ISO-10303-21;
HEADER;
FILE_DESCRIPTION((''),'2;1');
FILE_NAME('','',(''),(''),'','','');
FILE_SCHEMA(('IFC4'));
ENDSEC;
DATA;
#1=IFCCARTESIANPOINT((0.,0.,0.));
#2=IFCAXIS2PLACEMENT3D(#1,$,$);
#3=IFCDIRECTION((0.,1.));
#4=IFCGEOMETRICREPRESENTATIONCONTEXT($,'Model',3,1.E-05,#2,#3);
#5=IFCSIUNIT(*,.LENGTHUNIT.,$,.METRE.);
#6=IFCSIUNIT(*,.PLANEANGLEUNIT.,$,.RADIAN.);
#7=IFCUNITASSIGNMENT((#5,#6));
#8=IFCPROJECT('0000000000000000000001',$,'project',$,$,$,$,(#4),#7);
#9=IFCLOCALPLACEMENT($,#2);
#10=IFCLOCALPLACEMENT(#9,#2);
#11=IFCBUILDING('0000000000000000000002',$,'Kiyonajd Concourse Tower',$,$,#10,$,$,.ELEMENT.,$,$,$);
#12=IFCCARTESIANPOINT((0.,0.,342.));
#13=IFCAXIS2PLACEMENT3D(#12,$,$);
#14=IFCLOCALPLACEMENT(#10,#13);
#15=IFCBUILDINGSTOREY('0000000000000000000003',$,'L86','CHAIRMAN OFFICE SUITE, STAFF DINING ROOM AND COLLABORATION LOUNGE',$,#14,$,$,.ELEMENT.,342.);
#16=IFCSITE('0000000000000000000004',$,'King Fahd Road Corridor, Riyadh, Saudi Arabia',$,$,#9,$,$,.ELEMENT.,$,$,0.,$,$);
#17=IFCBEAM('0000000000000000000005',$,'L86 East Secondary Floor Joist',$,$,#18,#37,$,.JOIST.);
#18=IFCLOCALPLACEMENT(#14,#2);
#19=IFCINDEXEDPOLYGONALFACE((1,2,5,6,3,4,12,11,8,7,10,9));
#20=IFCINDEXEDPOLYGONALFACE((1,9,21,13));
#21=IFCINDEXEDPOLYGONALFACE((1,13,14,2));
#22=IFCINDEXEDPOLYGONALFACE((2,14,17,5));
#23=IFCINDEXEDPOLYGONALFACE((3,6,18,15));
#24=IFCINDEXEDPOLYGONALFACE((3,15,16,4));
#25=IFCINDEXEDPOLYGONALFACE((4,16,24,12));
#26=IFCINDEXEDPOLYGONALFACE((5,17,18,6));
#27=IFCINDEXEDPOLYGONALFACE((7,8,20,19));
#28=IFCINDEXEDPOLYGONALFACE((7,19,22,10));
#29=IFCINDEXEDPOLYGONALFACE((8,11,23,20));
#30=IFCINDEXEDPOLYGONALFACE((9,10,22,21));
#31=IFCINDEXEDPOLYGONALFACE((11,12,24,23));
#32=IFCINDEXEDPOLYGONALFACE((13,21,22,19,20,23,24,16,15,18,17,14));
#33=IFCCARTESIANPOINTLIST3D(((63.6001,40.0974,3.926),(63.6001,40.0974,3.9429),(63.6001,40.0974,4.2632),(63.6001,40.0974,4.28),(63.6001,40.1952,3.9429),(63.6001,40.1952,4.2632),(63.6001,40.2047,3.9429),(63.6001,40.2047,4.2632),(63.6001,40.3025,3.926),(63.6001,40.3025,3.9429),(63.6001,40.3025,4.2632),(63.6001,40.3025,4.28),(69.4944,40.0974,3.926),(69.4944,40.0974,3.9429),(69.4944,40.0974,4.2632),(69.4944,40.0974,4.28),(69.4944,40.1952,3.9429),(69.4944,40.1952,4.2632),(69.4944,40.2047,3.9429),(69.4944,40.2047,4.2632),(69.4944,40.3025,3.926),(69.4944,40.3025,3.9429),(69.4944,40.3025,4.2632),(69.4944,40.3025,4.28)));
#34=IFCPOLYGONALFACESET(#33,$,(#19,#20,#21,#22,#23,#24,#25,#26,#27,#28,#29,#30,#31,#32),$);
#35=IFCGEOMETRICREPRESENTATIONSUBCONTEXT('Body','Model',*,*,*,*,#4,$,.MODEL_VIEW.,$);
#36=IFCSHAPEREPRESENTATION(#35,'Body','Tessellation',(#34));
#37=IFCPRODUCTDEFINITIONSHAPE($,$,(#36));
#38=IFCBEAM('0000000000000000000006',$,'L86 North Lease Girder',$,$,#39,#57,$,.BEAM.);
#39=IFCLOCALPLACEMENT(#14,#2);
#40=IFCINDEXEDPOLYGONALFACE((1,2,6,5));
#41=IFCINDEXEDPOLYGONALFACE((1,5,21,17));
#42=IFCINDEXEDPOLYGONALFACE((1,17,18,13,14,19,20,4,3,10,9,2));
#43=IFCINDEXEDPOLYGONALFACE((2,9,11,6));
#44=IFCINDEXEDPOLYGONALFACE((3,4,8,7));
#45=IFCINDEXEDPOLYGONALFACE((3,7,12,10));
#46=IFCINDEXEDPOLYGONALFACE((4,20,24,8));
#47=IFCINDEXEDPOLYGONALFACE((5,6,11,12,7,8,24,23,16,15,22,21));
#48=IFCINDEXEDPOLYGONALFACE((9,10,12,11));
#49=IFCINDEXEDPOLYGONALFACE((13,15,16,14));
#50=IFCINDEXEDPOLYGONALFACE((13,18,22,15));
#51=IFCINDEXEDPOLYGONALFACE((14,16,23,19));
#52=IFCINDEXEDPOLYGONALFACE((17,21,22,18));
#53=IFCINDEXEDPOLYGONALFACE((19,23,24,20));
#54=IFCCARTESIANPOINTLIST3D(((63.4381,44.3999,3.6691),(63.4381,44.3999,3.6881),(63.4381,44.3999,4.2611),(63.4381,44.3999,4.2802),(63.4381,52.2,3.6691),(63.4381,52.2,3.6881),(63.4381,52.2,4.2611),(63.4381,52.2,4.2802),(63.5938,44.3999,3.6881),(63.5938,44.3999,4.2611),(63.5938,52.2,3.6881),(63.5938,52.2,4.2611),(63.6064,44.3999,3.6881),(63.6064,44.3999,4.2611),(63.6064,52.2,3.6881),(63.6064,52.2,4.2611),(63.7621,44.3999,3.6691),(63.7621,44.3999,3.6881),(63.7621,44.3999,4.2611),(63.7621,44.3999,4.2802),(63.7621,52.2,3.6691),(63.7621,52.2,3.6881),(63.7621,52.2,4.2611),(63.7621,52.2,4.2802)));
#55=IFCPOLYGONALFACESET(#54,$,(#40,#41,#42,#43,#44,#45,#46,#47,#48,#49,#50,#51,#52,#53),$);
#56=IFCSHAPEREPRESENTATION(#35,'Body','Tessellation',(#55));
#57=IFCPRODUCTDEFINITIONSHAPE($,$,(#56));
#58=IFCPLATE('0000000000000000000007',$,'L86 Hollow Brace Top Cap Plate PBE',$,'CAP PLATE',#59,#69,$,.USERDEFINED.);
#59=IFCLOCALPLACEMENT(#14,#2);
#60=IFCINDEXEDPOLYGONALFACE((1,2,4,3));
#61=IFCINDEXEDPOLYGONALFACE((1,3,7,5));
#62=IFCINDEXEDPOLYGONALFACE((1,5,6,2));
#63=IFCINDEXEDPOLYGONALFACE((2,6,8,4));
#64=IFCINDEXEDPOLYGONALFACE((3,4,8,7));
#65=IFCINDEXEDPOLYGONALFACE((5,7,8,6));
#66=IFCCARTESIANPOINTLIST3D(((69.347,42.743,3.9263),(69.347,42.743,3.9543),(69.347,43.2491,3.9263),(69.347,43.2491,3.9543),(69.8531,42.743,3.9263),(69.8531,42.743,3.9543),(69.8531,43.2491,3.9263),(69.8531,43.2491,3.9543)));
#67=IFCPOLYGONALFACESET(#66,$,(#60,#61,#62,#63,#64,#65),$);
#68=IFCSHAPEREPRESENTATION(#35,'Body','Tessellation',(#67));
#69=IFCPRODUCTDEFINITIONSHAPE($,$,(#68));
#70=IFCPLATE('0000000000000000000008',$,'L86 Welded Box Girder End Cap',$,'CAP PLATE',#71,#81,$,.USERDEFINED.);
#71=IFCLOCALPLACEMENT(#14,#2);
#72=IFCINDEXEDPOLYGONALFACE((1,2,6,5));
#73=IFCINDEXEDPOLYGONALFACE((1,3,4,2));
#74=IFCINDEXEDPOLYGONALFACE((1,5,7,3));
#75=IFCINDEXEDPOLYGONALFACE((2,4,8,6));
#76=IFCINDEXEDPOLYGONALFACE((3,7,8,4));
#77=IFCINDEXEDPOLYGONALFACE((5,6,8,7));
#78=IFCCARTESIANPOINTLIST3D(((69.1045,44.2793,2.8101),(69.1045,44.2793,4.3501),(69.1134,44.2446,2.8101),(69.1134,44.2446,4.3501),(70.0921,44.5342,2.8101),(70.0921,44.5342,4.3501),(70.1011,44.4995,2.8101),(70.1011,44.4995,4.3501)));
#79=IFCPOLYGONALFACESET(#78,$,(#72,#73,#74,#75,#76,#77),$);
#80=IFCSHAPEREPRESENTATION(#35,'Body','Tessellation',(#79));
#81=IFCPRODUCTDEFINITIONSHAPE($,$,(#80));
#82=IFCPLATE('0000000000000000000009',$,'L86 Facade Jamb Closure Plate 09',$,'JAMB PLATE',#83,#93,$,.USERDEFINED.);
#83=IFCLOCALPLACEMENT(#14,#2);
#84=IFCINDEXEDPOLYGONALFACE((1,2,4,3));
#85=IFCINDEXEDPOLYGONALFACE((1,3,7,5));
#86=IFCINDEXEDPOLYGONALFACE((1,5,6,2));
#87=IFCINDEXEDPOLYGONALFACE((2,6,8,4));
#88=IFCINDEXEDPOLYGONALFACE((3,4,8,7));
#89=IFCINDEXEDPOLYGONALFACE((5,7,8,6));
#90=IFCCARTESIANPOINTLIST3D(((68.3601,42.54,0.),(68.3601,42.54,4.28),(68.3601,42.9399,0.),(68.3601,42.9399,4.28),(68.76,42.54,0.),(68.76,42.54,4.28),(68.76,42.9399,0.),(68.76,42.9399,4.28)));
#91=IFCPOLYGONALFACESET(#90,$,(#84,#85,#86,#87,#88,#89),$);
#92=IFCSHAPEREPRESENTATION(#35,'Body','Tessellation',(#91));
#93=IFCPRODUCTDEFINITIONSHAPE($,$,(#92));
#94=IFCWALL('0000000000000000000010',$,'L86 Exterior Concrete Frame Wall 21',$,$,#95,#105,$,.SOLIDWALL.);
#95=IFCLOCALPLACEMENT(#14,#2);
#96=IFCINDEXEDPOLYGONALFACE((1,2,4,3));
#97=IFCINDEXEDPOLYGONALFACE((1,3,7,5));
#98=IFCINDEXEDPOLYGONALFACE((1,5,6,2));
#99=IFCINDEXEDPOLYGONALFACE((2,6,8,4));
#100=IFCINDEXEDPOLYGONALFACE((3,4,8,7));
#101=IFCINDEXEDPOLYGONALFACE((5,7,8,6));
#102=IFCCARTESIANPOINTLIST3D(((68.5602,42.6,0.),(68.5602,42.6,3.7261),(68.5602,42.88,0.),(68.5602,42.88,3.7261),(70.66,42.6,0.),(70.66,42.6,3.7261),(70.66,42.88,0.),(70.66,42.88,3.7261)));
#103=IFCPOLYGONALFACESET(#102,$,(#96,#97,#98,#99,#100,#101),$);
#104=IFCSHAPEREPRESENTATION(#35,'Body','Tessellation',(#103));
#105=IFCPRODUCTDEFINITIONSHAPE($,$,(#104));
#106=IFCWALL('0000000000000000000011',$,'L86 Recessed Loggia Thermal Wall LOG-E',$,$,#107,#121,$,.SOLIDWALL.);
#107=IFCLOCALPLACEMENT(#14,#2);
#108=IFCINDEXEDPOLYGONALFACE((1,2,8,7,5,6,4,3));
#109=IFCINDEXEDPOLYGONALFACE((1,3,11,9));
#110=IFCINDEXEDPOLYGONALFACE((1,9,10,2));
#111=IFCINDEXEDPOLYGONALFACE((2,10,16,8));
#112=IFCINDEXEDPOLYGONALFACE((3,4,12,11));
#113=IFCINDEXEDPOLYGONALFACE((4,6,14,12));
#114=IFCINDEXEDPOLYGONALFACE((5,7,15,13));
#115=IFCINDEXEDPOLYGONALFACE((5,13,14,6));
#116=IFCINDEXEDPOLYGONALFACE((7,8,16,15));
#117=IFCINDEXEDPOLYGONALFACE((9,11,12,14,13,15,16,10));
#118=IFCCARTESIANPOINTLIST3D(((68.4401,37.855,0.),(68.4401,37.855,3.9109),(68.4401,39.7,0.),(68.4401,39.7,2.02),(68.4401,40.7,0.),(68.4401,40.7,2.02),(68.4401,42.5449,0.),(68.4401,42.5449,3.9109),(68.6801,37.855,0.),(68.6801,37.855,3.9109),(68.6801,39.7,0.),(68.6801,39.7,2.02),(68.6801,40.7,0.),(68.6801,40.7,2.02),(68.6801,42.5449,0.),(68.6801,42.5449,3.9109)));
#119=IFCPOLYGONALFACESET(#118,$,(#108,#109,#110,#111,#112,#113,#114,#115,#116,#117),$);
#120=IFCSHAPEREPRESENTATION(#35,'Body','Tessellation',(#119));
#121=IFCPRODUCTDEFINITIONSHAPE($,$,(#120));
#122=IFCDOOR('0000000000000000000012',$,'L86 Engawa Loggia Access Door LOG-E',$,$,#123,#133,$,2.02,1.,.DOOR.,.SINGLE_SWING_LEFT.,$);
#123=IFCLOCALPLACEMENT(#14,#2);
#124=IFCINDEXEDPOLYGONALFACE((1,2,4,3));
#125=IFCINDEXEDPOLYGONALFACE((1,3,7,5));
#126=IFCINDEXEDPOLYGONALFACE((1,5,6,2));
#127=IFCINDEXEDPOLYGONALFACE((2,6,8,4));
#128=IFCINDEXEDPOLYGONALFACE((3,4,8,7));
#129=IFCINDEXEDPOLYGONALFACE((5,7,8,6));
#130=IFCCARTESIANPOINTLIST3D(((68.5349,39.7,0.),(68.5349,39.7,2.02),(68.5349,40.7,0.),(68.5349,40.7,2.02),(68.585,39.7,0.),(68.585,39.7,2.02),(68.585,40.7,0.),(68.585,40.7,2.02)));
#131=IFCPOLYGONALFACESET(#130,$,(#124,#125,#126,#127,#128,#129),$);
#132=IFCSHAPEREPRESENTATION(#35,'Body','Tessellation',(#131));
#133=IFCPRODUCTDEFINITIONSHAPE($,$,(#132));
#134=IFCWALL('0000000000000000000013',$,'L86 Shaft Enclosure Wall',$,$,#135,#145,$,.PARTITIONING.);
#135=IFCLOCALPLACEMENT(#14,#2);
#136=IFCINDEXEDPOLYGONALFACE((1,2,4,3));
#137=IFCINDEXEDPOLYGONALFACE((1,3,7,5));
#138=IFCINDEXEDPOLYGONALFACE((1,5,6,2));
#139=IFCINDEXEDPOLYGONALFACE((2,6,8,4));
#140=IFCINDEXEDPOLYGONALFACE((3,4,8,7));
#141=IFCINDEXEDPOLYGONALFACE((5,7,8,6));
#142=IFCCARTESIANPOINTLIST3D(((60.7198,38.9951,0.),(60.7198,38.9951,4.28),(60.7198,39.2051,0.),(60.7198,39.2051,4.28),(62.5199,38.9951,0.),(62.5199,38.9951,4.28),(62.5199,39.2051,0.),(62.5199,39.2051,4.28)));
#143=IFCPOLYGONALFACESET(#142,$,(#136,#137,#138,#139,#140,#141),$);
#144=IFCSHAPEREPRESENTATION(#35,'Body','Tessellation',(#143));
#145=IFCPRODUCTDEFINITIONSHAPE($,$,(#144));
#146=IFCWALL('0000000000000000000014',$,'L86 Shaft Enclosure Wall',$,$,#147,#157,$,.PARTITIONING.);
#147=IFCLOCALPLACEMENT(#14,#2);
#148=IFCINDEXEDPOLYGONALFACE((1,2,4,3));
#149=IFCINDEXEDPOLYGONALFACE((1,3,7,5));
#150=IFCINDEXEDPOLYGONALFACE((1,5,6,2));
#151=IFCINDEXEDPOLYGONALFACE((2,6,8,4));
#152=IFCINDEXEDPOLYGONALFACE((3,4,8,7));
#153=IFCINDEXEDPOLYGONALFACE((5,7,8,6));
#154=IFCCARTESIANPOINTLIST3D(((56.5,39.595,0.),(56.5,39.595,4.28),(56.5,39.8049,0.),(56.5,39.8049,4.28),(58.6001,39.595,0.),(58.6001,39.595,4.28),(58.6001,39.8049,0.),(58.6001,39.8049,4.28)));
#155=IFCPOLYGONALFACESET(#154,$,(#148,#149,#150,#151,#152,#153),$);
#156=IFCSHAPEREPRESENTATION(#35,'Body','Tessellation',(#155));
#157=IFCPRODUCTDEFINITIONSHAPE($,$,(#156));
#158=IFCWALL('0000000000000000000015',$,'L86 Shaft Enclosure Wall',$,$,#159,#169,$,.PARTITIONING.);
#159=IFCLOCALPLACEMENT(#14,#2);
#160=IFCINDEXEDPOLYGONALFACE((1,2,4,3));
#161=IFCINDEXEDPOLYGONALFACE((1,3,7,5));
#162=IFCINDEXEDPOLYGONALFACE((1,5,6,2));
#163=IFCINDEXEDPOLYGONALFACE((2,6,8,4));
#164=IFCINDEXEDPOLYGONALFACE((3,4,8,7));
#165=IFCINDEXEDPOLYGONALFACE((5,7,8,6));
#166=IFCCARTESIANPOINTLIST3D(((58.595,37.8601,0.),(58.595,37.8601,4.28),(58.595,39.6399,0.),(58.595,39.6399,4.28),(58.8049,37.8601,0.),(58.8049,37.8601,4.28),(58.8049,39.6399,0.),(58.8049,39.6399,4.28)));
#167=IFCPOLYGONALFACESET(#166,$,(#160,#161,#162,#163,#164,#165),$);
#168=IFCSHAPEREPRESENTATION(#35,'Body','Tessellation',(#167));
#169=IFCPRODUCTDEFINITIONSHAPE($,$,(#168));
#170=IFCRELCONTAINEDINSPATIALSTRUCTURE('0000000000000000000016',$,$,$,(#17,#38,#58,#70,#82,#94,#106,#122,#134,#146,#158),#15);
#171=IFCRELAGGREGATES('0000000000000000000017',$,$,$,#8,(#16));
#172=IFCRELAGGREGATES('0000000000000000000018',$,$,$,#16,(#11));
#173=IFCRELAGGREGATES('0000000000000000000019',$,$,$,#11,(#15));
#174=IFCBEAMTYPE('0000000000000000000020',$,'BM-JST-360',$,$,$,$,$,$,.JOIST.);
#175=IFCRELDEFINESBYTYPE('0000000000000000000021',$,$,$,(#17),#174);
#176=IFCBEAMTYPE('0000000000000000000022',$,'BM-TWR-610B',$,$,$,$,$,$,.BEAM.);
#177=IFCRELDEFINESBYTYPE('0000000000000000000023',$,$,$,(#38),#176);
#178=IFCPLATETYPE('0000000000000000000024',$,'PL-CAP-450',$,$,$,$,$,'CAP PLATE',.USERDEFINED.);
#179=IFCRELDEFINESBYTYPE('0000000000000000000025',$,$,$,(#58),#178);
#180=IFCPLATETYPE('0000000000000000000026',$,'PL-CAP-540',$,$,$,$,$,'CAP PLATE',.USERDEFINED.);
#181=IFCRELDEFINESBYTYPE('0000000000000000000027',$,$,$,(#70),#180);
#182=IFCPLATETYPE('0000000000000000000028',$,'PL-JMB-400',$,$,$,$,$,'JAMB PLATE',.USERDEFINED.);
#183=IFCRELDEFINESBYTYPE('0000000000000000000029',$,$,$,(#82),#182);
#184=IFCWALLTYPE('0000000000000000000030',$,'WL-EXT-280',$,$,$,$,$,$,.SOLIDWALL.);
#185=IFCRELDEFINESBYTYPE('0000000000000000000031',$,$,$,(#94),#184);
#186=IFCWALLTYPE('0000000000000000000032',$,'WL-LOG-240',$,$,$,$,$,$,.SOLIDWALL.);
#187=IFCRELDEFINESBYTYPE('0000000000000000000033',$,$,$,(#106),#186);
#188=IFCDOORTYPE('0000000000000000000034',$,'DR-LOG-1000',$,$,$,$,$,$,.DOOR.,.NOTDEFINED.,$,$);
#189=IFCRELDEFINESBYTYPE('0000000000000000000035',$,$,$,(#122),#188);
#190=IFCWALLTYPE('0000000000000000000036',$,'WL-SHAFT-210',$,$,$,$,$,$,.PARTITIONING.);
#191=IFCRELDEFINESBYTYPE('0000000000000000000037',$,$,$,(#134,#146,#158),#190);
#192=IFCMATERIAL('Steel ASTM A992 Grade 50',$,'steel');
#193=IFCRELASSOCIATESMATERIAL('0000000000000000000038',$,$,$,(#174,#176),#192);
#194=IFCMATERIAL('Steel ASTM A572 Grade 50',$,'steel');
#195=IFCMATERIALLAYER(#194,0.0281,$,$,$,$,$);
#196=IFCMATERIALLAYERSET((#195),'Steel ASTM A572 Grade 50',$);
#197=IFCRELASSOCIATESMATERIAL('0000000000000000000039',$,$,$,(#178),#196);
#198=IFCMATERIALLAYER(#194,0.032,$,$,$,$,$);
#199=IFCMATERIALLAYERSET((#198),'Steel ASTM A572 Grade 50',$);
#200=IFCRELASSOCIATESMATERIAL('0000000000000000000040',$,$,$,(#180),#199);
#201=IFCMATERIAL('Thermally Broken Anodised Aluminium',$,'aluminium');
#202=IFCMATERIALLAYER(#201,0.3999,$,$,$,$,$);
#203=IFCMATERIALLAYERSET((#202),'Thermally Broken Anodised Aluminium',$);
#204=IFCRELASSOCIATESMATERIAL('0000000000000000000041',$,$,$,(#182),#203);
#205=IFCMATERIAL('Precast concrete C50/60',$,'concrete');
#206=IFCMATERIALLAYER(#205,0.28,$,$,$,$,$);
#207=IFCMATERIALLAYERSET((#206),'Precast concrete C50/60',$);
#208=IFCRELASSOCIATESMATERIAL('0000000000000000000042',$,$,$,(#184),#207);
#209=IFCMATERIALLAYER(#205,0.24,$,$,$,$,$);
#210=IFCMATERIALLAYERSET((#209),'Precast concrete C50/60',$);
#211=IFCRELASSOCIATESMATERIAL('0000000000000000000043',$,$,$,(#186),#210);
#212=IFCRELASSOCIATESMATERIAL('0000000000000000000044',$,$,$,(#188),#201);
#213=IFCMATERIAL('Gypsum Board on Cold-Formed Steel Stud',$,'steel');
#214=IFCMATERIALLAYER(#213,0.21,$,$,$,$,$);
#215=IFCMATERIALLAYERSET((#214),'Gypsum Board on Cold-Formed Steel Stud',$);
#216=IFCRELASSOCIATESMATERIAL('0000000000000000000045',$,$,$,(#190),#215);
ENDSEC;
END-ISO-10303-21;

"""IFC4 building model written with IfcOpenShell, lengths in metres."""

from ifc_helpers import new_model, si_unit, direction, frame, frame_2d, origin, origin_2d, place, context, subcontext, project, spatial, rectangle, i_section, extrude, material, layer, layer_set, material_profile, profile_set, type_object, element, fill, save


model = new_model("IFC4")

# Units and contexts
model_context = context("Model", 3, precision=1e-05, world=origin(), true_north=direction((0.0, 1.0)))
body_context = subcontext(model_context, "Body", "Model", "MODEL_VIEW")
ifc_project = project(units=[si_unit("LENGTHUNIT", "METRE"), si_unit("PLANEANGLEUNIT", "RADIAN")], contexts=[model_context])

# Site, building, storey
site_placement = place(None, origin())
site = spatial("IfcSite", under=ifc_project, at=site_placement, Name="King Fahd Road Corridor, Riyadh, Saudi Arabia", CompositionType="ELEMENT", RefElevation=0.0)
building_placement = place(site_placement, origin())
building = spatial("IfcBuilding", under=site, at=building_placement, Name="Kiyonajd Concourse Tower", CompositionType="ELEMENT")
storey_placement = place(building_placement, frame((0.0, 0.0, 342.0)))
storey = spatial("IfcBuildingStorey", under=building, at=storey_placement, Name="L86", Description="CHAIRMAN OFFICE SUITE, STAFF DINING ROOM AND COLLABORATION LOUNGE", CompositionType="ELEMENT", Elevation=342.0)

# Beams
ifc_material_1 = material(Name="Steel ASTM A992 Grade 50", Category="steel")
ifc_material_profile_1 = material_profile(ifc_material_1, i_section(OverallWidth=0.2051, OverallDepth=0.354, WebThickness=0.0095, FlangeThickness=0.0168, at=origin_2d()), Name="W360X79")
ifc_profile_set_1 = profile_set([ifc_material_profile_1], Name="Steel ASTM A992 Grade 50")
beam_type_1 = type_object("IfcBeamType", Name="BM-JST-360", PredefinedType="JOIST", material=ifc_profile_set_1)
beam_1_placement = place(storey_placement, frame((63.6001, 40.2, 4.103), z_axis=(1.0, 0.0, 0.0), x_axis=(0.0, 1.0, 0.0)))
element("IfcBeam", 1, at=beam_1_placement, inside=storey, type_object=beam_type_1, Name="L86 East Secondary Floor Joist", PredefinedType="JOIST", context=body_context, shape_type="SweptSolid", body=[
    extrude(i_section(OverallWidth=0.2051, OverallDepth=0.354, WebThickness=0.0095, FlangeThickness=0.0168, at=origin_2d()), origin(), (0.0, 0.0, 1.0), 5.8943),
])
ifc_material_profile_2 = material_profile(ifc_material_1, i_section(OverallWidth=0.324, OverallDepth=0.6111, WebThickness=0.0127, FlangeThickness=0.019, at=origin_2d()), Name="W610X155")
ifc_profile_set_2 = profile_set([ifc_material_profile_2], Name="Steel ASTM A992 Grade 50")
beam_type_2 = type_object("IfcBeamType", Name="BM-TWR-610B", PredefinedType="BEAM", material=ifc_profile_set_2)
beam_2_placement = place(storey_placement, frame((63.6001, 44.3999, 3.9746), z_axis=(0.0, 1.0, 0.0), x_axis=(-1.0, 0.0, 0.0)))
element("IfcBeam", 2, at=beam_2_placement, inside=storey, type_object=beam_type_2, Name="L86 North Lease Girder", PredefinedType="BEAM", context=body_context, shape_type="SweptSolid", body=[
    extrude(i_section(OverallWidth=0.324, OverallDepth=0.6111, WebThickness=0.0127, FlangeThickness=0.019, at=origin_2d()), origin(), (0.0, 0.0, 1.0), 7.8),
])

# Plates
ifc_material_2 = material(Name="Steel ASTM A572 Grade 50", Category="steel")
ifc_layer_1 = layer(ifc_material_2, 0.0281)
ifc_layer_set_1 = layer_set([ifc_layer_1], Name="Steel ASTM A572 Grade 50")
plate_type_1 = type_object("IfcPlateType", Name="PL-CAP-450", ElementType="CAP PLATE", PredefinedType="USERDEFINED", material=ifc_layer_set_1)
plate_1_placement = place(storey_placement, frame((69.6001, 42.9961, 3.9263), z_axis=(0.0, 0.0, 1.0), x_axis=(1.0, 0.0, 0.0)))
element("IfcPlate", 3, at=plate_1_placement, inside=storey, type_object=plate_type_1, Name="L86 Hollow Brace Top Cap Plate PBE", ObjectType="CAP PLATE", PredefinedType="USERDEFINED", context=body_context, shape_type="SweptSolid", body=[
    extrude(rectangle(XDim=0.5061, YDim=0.5061, at=origin_2d()), origin(), (0.0, 0.0, 1.0), 0.0281),
])
ifc_layer_2 = layer(ifc_material_2, 0.032)
ifc_layer_set_2 = layer_set([ifc_layer_2], Name="Steel ASTM A572 Grade 50")
plate_type_2 = type_object("IfcPlateType", Name="PL-CAP-540", ElementType="CAP PLATE", PredefinedType="USERDEFINED", material=ifc_layer_set_2)
plate_2_placement = place(storey_placement, frame((69.6028, 44.3894, 2.8101), z_axis=(0.0, 0.0, 1.0), x_axis=(0.249873, -0.968279, 0.0)))
element("IfcPlate", 4, at=plate_2_placement, inside=storey, type_object=plate_type_2, Name="L86 Welded Box Girder End Cap", ObjectType="CAP PLATE", PredefinedType="USERDEFINED", context=body_context, shape_type="SweptSolid", body=[
    extrude(rectangle(XDim=0.0359, YDim=1.02, at=origin_2d()), origin(), (0.0, 0.0, 1.0), 1.54),
])
ifc_material_3 = material(Name="Thermally Broken Anodised Aluminium", Category="aluminium")
ifc_layer_3 = layer(ifc_material_3, 0.3999)
ifc_layer_set_3 = layer_set([ifc_layer_3], Name="Thermally Broken Anodised Aluminium")
plate_type_3 = type_object("IfcPlateType", Name="PL-JMB-400", ElementType="JAMB PLATE", PredefinedType="USERDEFINED", material=ifc_layer_set_3)
plate_3_placement = place(storey_placement, frame((68.5601, 42.74, 0.0), z_axis=(0.0, 0.0, 1.0), x_axis=(1.0, 0.0, 0.0)))
element("IfcPlate", 5, at=plate_3_placement, inside=storey, type_object=plate_type_3, Name="L86 Facade Jamb Closure Plate 09", ObjectType="JAMB PLATE", PredefinedType="USERDEFINED", context=body_context, shape_type="SweptSolid", body=[
    extrude(rectangle(XDim=0.3999, YDim=0.3999, at=origin_2d()), origin(), (0.0, 0.0, 1.0), 4.28),
])

# Wall
ifc_material_4 = material(Name="Precast concrete C50/60", Category="concrete")
ifc_layer_4 = layer(ifc_material_4, 0.28)
ifc_layer_set_4 = layer_set([ifc_layer_4], Name="Precast concrete C50/60")
wall_type_1 = type_object("IfcWallType", Name="WL-EXT-280", PredefinedType="SOLIDWALL", material=ifc_layer_set_4)
wall_1_placement = place(storey_placement, frame((70.6599, 42.74, 0.0), z_axis=(0.0, 0.0, 1.0), x_axis=(-1.0, 0.0, 0.0)))
element("IfcWall", 6, at=wall_1_placement, inside=storey, type_object=wall_type_1, Name="L86 Exterior Concrete Frame Wall 21", PredefinedType="SOLIDWALL", context=body_context, shape_type="SweptSolid", body=[
    extrude(rectangle(XDim=2.0999, YDim=0.28, at=frame_2d((1.0498, 0.0))), origin(), (0.0, 0.0, 1.0), 3.7261),
])

# Wall, opening, door
ifc_layer_5 = layer(ifc_material_4, 0.24)
ifc_layer_set_5 = layer_set([ifc_layer_5], Name="Precast concrete C50/60")
wall_type_2 = type_object("IfcWallType", Name="WL-LOG-240", PredefinedType="SOLIDWALL", material=ifc_layer_set_5)
wall_2_placement = place(storey_placement, frame((68.5601, 42.5449, 0.0), z_axis=(0.0, 0.0, 1.0), x_axis=(0.0, -1.0, 0.0)))
wall_2 = element("IfcWall", 7, at=wall_2_placement, inside=storey, type_object=wall_type_2, Name="L86 Recessed Loggia Thermal Wall LOG-E", PredefinedType="SOLIDWALL", context=body_context, shape_type="SweptSolid", body=[
    extrude(rectangle(XDim=4.6899, YDim=0.24, at=frame_2d((2.345, 0.0))), origin(), (0.0, 0.0, 1.0), 3.9109),
])
opening_1_placement = place(wall_2_placement, frame((1.845, 0.0, 0.0)))
opening_1 = element("IfcOpeningElement", 8, at=opening_1_placement, cuts=wall_2, PredefinedType="OPENING", context=body_context, shape_type="SweptSolid", body=[
    extrude(rectangle(XDim=1.0, YDim=2.02, at=frame_2d((0.5, 1.01))), frame((0.0, 0.1299, 0.0), z_axis=(0.0, -1.0, 0.0), x_axis=(1.0, 0.0, 0.0)), (0.0, 0.0, 1.0), 0.26),
])
door_type_1 = type_object("IfcDoorType", Name="DR-LOG-1000", OperationType="NOTDEFINED", PredefinedType="DOOR", material=ifc_material_3)
door_1_placement = place(opening_1_placement, origin())
door_1 = element("IfcDoor", 9, at=door_1_placement, inside=storey, type_object=door_type_1, Name="L86 Engawa Loggia Access Door LOG-E", OperationType="SINGLE_SWING_LEFT", OverallHeight=2.02, OverallWidth=1.0, PredefinedType="DOOR", context=body_context, shape_type="SweptSolid", body=[
    extrude(rectangle(XDim=1.0, YDim=2.02, at=frame_2d((0.5, 1.01))), frame((0.0, 0.0249, 0.0), z_axis=(0.0, -1.0, 0.0), x_axis=(1.0, 0.0, 0.0)), (0.0, 0.0, 1.0), 0.05),
])
fill(opening_1, door_1)

# Walls
ifc_material_5 = material(Name="Gypsum Board on Cold-Formed Steel Stud", Category="steel")
ifc_layer_6 = layer(ifc_material_5, 0.21)
ifc_layer_set_6 = layer_set([ifc_layer_6], Name="Gypsum Board on Cold-Formed Steel Stud")
wall_type_3 = type_object("IfcWallType", Name="WL-SHAFT-210", PredefinedType="PARTITIONING", material=ifc_layer_set_6)
wall_3_placement = place(storey_placement, frame((60.72, 39.1001, 0.0), z_axis=(0.0, 0.0, 1.0), x_axis=(1.0, 0.0, 0.0)))
element("IfcWall", 10, at=wall_3_placement, inside=storey, type_object=wall_type_3, Name="L86 Shaft Enclosure Wall", PredefinedType="PARTITIONING", context=body_context, shape_type="SweptSolid", body=[
    extrude(rectangle(XDim=1.8, YDim=0.21, at=frame_2d((0.8999, 0.0))), origin(), (0.0, 0.0, 1.0), 4.28),
])
wall_4_placement = place(storey_placement, frame((56.5, 39.7, 0.0), z_axis=(0.0, 0.0, 1.0), x_axis=(1.0, 0.0, 0.0)))
element("IfcWall", 11, at=wall_4_placement, inside=storey, type_object=wall_type_3, Name="L86 Shaft Enclosure Wall", PredefinedType="PARTITIONING", context=body_context, shape_type="SweptSolid", body=[
    extrude(rectangle(XDim=2.1001, YDim=0.21, at=frame_2d((1.05, 0.0))), origin(), (0.0, 0.0, 1.0), 4.28),
])
wall_5_placement = place(storey_placement, frame((58.7, 37.8601, 0.0), z_axis=(0.0, 0.0, 1.0), x_axis=(0.0, 1.0, 0.0)))
element("IfcWall", 12, at=wall_5_placement, inside=storey, type_object=wall_type_3, Name="L86 Shaft Enclosure Wall", PredefinedType="PARTITIONING", context=body_context, shape_type="SweptSolid", body=[
    extrude(rectangle(XDim=1.7798, YDim=0.21, at=frame_2d((0.8899, 0.0))), origin(), (0.0, 0.0, 1.0), 4.28),
])

save(model, "model.ifc")
